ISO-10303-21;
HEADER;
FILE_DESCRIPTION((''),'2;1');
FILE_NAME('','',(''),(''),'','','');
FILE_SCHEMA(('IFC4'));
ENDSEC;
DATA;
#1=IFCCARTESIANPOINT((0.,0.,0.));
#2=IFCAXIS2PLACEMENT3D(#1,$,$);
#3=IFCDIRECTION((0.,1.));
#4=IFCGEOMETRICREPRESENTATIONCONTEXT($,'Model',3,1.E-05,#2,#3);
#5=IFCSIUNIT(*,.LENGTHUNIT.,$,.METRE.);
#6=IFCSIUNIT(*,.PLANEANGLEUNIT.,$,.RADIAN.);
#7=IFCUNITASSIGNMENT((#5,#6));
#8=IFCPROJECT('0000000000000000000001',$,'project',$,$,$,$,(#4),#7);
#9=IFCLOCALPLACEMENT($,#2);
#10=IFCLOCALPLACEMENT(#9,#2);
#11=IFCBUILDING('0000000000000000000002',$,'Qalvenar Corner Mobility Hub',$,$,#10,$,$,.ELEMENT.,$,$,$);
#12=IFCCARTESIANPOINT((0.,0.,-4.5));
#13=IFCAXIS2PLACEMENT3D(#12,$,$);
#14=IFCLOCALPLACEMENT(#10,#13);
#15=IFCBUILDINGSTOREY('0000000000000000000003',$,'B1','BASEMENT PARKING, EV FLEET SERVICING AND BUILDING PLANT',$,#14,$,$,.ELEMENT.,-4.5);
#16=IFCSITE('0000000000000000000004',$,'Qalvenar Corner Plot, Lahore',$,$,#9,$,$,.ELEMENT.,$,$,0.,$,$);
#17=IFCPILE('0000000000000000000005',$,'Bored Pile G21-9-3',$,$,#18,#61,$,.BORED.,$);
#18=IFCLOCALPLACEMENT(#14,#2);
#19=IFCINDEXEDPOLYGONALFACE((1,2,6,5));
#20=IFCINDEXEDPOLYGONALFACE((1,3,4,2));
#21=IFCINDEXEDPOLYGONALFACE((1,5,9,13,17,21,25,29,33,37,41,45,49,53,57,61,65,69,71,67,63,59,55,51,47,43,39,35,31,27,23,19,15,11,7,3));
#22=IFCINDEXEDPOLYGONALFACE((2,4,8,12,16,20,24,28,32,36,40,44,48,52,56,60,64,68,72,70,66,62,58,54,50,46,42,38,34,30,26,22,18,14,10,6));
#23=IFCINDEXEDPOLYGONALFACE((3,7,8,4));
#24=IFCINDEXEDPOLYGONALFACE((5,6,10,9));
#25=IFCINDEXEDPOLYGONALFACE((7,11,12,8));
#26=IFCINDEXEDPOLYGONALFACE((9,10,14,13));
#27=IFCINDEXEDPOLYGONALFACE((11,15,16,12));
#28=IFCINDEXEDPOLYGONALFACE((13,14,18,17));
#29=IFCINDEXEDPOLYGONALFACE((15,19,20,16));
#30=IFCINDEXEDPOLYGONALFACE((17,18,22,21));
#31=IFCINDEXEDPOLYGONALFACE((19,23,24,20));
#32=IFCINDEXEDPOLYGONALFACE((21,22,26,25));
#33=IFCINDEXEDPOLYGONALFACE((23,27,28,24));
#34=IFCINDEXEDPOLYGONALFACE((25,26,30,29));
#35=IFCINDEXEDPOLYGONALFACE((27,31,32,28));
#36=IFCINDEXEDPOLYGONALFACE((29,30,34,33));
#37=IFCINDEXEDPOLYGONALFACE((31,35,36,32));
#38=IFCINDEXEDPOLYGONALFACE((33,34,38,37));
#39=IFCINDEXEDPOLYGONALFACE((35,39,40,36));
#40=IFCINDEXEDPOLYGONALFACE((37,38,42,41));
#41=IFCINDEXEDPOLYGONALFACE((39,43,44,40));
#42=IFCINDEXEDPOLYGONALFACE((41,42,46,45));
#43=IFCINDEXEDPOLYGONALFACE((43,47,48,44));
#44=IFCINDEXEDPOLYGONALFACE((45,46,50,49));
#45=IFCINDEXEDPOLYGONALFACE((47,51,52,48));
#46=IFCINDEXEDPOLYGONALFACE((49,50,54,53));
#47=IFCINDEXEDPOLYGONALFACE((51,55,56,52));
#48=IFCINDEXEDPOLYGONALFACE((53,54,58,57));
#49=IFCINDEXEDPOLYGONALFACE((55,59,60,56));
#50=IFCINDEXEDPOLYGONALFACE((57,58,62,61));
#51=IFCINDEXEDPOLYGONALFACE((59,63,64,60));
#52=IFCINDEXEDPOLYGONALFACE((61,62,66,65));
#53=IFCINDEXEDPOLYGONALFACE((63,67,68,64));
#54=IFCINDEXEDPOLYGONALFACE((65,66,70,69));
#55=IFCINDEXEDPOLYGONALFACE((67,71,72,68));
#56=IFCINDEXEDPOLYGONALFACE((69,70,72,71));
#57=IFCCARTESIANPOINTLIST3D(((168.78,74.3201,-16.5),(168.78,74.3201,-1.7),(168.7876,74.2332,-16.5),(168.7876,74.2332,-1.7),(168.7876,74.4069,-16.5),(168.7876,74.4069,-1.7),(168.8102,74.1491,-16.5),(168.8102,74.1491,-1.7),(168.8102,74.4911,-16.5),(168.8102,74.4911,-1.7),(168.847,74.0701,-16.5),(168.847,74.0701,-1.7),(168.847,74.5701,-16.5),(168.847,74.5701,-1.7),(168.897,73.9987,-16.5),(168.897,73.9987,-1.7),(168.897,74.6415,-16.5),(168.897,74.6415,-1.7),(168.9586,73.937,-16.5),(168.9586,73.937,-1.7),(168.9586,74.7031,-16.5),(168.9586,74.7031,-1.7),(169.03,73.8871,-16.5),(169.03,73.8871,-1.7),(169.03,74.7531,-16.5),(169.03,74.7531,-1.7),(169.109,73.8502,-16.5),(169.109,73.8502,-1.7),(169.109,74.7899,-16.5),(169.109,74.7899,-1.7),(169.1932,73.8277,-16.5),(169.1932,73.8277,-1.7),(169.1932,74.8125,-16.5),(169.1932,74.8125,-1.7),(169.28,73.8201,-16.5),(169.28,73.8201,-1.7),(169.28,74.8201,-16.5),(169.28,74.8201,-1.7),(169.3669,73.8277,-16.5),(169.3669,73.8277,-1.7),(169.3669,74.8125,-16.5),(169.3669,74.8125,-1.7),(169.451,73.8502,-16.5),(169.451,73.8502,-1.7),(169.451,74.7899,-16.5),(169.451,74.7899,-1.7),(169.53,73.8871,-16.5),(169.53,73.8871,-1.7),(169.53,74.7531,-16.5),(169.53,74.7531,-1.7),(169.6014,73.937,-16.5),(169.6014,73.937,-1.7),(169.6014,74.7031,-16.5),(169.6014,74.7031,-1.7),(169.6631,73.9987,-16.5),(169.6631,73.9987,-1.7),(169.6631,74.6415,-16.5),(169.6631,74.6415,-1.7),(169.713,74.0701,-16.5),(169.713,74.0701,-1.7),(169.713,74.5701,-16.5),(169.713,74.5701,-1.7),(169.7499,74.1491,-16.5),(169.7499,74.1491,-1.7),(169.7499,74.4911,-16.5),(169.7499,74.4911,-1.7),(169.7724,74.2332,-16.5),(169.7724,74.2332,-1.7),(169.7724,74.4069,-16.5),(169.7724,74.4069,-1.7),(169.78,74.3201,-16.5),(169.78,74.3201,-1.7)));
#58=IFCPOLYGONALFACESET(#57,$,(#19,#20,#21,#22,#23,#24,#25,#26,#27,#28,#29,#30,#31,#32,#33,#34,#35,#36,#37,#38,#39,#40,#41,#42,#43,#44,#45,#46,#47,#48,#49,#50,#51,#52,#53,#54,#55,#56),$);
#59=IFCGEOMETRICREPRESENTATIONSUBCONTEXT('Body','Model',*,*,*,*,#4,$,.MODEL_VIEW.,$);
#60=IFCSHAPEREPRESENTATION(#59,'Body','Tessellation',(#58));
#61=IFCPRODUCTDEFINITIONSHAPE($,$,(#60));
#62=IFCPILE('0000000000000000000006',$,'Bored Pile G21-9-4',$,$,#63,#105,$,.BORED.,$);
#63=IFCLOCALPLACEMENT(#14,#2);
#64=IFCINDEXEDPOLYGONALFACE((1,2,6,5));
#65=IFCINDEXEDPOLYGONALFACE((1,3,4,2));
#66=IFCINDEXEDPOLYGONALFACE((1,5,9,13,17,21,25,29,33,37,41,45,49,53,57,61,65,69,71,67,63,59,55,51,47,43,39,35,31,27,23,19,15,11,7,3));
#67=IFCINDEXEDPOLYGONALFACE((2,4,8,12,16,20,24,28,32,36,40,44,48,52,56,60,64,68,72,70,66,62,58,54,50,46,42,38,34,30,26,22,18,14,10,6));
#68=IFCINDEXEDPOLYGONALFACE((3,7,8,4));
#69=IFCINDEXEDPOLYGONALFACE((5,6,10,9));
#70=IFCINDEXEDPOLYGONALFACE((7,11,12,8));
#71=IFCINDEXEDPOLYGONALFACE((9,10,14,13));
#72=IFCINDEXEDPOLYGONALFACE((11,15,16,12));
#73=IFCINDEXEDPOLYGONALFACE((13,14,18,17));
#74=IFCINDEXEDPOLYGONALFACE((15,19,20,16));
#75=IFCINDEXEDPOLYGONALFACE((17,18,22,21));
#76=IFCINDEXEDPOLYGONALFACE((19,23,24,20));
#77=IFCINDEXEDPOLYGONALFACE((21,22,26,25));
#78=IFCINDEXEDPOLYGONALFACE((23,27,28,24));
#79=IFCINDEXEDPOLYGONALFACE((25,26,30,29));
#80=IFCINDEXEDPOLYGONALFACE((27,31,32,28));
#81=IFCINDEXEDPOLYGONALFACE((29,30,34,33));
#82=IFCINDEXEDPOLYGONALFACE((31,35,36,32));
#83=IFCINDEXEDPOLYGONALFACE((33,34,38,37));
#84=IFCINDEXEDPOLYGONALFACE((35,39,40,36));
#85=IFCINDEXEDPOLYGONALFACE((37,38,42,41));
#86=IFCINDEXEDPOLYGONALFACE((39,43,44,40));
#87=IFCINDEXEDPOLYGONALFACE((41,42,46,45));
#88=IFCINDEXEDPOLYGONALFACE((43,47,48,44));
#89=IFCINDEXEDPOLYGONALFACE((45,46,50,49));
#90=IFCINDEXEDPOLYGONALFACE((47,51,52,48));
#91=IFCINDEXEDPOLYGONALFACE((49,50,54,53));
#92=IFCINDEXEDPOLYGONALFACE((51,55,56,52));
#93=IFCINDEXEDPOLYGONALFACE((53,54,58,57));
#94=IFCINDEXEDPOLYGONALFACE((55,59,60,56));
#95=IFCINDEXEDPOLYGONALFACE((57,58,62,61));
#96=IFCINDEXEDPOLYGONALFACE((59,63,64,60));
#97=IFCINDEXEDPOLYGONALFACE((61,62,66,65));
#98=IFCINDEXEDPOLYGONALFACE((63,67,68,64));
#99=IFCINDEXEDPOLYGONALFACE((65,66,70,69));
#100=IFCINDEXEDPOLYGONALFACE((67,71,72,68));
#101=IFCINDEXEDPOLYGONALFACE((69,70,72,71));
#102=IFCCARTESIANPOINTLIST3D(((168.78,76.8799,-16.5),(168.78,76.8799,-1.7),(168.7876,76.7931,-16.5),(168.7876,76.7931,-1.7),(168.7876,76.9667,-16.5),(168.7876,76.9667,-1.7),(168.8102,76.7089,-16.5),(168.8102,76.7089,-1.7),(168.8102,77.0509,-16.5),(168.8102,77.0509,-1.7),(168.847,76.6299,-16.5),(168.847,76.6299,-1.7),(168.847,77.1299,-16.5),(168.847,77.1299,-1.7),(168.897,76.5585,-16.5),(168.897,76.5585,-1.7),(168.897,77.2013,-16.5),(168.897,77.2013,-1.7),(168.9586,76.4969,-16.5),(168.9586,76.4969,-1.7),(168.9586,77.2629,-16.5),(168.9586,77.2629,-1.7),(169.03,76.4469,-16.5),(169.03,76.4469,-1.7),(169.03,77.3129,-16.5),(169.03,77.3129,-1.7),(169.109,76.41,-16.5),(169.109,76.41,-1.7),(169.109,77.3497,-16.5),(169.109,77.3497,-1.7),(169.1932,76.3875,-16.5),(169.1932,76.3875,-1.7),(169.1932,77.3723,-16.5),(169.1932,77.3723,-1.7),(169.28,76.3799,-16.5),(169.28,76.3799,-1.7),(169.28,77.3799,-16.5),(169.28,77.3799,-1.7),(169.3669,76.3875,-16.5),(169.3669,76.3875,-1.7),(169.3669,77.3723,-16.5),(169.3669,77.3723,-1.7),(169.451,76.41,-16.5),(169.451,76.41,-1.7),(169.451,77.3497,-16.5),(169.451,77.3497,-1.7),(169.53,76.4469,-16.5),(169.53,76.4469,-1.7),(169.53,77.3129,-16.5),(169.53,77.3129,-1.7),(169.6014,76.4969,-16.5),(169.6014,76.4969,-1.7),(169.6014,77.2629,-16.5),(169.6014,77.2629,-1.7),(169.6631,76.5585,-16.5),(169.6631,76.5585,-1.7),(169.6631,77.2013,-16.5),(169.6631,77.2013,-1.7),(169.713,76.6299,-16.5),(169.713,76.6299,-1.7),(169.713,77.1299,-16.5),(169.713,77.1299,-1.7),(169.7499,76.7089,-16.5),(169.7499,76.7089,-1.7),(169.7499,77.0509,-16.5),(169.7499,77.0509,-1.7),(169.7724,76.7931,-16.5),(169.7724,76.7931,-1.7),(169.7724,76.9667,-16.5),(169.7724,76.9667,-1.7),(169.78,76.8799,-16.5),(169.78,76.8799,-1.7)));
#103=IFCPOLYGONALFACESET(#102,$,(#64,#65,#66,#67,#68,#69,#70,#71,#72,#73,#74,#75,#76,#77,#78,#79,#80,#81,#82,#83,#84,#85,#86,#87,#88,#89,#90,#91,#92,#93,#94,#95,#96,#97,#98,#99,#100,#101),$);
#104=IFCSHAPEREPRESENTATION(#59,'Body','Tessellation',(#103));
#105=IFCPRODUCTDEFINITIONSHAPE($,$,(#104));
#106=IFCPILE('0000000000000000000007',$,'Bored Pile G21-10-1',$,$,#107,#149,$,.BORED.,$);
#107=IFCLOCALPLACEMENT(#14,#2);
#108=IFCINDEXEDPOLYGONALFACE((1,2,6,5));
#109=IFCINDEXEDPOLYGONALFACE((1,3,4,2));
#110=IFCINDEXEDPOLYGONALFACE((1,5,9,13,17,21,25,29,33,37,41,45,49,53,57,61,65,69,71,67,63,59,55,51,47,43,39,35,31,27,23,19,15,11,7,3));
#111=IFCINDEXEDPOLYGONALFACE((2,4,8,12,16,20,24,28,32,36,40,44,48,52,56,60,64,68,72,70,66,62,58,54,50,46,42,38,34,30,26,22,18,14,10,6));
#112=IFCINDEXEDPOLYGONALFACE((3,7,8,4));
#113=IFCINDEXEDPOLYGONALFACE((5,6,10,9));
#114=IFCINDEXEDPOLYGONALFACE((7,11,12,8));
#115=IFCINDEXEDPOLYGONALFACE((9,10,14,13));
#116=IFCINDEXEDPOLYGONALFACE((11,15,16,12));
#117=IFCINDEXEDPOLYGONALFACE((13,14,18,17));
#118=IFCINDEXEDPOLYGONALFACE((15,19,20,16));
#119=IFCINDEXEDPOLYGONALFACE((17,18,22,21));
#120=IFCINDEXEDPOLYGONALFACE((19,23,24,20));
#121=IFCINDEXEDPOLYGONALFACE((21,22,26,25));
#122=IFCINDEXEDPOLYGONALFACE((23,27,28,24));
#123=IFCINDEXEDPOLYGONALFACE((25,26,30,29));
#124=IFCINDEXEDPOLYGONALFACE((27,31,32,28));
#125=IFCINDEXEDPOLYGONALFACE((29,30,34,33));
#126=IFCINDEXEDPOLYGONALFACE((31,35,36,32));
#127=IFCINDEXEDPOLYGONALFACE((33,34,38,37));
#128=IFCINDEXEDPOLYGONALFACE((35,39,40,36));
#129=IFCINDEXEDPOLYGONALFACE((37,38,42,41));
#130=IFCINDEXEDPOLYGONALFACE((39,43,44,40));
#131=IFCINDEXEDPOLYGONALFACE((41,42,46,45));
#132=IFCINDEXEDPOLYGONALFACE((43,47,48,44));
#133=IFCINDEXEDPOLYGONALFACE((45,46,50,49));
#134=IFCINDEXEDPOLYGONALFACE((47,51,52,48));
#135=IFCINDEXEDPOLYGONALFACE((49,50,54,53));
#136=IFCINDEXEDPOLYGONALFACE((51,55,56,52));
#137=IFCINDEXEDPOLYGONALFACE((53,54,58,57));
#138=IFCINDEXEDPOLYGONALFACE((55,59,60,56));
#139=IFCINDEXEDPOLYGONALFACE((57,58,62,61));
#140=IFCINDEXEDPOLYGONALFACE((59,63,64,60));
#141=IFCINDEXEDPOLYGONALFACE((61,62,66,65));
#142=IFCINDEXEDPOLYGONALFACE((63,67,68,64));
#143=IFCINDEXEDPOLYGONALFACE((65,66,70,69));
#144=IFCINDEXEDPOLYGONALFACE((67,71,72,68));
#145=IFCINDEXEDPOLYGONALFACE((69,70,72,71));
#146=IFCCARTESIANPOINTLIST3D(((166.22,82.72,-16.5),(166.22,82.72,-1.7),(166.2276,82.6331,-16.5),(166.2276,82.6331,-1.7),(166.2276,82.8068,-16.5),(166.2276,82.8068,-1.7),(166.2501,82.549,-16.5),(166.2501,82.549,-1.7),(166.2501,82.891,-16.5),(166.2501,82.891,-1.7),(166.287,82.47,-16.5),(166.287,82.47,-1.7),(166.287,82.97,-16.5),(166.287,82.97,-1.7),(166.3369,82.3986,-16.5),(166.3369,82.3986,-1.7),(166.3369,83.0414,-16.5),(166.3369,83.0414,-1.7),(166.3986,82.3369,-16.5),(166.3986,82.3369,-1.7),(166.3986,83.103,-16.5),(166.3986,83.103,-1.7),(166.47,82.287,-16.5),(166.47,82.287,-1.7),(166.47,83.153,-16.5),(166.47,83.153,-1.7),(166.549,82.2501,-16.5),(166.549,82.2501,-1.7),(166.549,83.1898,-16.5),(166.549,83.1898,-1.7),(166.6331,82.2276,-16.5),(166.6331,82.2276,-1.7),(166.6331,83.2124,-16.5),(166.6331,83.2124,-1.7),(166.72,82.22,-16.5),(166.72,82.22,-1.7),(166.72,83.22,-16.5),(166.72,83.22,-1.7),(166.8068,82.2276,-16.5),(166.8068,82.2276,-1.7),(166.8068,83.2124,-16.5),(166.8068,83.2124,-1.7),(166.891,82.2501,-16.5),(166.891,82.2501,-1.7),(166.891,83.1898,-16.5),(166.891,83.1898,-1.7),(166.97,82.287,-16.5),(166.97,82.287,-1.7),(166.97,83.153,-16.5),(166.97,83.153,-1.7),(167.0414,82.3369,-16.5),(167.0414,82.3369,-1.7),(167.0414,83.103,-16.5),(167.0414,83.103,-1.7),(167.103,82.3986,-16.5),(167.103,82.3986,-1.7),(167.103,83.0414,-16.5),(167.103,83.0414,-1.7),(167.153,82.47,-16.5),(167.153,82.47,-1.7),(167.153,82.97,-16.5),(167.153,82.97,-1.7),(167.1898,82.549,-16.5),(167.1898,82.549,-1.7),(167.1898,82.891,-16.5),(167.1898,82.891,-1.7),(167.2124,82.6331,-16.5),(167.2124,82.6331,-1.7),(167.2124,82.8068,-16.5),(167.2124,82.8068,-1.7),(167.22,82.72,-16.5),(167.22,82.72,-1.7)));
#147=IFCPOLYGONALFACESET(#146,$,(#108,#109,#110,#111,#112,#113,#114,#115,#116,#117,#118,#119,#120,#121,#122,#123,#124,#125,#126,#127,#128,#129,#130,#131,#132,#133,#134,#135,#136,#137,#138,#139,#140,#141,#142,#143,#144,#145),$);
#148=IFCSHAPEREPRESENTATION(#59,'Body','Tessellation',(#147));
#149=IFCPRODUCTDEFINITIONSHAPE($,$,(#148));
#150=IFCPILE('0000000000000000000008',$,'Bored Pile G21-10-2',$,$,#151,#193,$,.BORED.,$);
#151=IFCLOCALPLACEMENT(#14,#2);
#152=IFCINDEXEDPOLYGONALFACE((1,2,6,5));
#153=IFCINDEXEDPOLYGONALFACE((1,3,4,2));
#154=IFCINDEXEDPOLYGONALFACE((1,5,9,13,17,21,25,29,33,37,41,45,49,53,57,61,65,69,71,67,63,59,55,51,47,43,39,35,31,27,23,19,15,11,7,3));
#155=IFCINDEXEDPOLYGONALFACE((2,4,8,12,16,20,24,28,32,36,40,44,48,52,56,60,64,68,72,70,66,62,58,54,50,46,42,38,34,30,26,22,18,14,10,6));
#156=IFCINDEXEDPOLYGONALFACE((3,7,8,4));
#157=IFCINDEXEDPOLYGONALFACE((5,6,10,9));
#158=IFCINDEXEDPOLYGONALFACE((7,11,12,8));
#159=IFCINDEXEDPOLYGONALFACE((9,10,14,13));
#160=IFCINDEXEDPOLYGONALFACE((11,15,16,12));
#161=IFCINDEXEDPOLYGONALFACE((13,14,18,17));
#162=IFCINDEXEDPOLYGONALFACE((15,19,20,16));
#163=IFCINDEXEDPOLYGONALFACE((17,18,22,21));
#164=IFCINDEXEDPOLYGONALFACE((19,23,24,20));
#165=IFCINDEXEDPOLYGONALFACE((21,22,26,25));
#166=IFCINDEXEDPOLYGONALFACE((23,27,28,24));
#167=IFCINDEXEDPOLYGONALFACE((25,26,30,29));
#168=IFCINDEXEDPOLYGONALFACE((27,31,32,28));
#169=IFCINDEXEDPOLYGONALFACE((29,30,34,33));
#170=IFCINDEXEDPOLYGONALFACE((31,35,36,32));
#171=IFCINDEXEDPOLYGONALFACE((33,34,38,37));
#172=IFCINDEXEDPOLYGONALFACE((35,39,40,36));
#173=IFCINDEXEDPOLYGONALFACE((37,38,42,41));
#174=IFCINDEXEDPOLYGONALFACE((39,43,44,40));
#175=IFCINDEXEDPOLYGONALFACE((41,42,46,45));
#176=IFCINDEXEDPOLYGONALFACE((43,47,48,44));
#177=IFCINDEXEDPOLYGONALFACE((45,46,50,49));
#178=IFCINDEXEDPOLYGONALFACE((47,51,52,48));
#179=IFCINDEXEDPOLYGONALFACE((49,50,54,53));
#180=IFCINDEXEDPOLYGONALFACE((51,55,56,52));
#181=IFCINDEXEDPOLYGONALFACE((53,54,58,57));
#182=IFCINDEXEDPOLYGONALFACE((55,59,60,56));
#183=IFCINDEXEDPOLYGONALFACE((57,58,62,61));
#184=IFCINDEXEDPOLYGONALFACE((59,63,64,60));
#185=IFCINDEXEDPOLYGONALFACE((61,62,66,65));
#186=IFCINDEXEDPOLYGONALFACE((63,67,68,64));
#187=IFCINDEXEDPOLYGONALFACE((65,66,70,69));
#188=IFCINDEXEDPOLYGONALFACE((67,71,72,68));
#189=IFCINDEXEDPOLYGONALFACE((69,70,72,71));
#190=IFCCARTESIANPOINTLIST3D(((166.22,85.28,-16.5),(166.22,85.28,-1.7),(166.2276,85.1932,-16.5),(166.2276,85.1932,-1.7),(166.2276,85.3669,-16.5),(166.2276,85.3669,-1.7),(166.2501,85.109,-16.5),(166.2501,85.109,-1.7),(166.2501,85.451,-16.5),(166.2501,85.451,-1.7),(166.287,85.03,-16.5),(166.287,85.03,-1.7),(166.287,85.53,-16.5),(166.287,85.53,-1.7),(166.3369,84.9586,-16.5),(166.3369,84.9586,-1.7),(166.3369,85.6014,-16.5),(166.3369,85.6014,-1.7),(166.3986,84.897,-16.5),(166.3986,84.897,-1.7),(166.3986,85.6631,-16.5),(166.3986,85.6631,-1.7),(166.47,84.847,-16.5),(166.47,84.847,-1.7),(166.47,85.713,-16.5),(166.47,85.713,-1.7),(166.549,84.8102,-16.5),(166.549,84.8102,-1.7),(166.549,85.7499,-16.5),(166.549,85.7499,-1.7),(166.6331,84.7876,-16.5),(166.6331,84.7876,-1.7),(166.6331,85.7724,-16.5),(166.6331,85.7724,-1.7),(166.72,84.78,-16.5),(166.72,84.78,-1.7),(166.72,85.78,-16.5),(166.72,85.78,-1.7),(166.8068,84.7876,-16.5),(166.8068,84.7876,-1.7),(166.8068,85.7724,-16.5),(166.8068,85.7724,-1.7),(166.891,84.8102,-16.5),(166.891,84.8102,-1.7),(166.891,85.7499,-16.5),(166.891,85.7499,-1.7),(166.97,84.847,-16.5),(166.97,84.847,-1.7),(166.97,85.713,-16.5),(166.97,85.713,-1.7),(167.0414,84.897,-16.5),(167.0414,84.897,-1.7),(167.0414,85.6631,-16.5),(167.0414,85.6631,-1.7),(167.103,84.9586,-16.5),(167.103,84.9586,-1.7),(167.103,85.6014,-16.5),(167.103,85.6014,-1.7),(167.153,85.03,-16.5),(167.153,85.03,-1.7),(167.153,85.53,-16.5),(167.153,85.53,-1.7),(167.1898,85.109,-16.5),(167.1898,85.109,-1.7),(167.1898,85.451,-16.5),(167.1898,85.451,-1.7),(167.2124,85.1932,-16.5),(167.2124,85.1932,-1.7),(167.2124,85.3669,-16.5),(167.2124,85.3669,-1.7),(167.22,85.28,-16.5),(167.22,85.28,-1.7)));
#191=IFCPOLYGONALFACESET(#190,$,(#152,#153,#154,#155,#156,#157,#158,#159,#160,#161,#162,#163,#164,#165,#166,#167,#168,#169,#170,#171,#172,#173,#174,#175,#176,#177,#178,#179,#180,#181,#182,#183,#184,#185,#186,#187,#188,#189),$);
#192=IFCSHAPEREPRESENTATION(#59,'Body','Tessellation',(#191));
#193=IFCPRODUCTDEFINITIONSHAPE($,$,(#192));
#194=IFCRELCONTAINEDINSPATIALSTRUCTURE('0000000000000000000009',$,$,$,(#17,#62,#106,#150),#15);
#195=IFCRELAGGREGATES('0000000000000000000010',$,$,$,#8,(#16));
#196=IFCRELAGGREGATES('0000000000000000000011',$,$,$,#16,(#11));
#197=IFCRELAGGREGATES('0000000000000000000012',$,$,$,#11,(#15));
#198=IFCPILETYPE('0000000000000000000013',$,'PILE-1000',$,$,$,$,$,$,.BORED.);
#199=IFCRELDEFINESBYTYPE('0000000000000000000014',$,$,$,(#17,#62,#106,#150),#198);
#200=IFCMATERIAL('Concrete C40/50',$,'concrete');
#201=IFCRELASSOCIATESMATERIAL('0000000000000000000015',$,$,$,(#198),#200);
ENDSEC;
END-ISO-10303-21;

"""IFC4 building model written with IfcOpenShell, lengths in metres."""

from ifc_helpers import new_model, si_unit, direction, frame, origin, origin_2d, place, context, subcontext, project, spatial, circle, extrude, material, material_profile, profile_set, type_object, element, save


model = new_model("IFC4")

# Units and contexts
model_context = context("Model", 3, precision=1e-05, world=origin(), true_north=direction((0.0, 1.0)))
body_context = subcontext(model_context, "Body", "Model", "MODEL_VIEW")
ifc_project = project(units=[si_unit("LENGTHUNIT", "METRE"), si_unit("PLANEANGLEUNIT", "RADIAN")], contexts=[model_context])

# Site, building, storey
site_placement = place(None, origin())
site = spatial("IfcSite", under=ifc_project, at=site_placement, Name="Qalvenar Corner Plot, Lahore", CompositionType="ELEMENT", RefElevation=0.0)
building_placement = place(site_placement, origin())
building = spatial("IfcBuilding", under=site, at=building_placement, Name="Qalvenar Corner Mobility Hub", CompositionType="ELEMENT")
storey_placement = place(building_placement, frame((0.0, 0.0, -4.5)))
storey = spatial("IfcBuildingStorey", under=building, at=storey_placement, Name="B1", Description="BASEMENT PARKING, EV FLEET SERVICING AND BUILDING PLANT", CompositionType="ELEMENT", Elevation=-4.5)

# Shared definitions
ifc_material_1 = material(Name="Concrete C40/50", Category="concrete")

# Piles
ifc_material_profile_1 = material_profile(ifc_material_1, circle(Radius=0.5, at=origin_2d()), Name="DIA1000")
ifc_profile_set_1 = profile_set([ifc_material_profile_1], Name="Concrete C40/50")
pile_type = type_object("IfcPileType", Name="PILE-1000", PredefinedType="BORED", material=ifc_profile_set_1)
for number, where, z_axis, x_axis, name in (
    (1, (169.28, 74.3201, -1.7), (0.0, 0.0, -1.0), (1.0, 0.0, 0.0), "Bored Pile G21-9-3"),
    (2, (169.28, 76.8799, -1.7), (0.0, 0.0, -1.0), (1.0, 0.0, 0.0), "Bored Pile G21-9-4"),
    (3, (166.72, 82.72, -1.7), (0.0, 0.0, -1.0), (1.0, 0.0, 0.0), "Bored Pile G21-10-1"),
    (4, (166.72, 85.28, -1.7), (0.0, 0.0, -1.0), (1.0, 0.0, 0.0), "Bored Pile G21-10-2"),
):
    element("IfcPile", number, at=place(storey_placement, frame(where, z_axis=z_axis, x_axis=x_axis)), inside=storey, type_object=pile_type, Name=name, PredefinedType="BORED", context=body_context, shape_type="SweptSolid", body=[
        extrude(circle(Radius=0.5, at=origin_2d()), origin(), (0.0, 0.0, 1.0), 14.8),
    ])

save(model, "model.ifc")
